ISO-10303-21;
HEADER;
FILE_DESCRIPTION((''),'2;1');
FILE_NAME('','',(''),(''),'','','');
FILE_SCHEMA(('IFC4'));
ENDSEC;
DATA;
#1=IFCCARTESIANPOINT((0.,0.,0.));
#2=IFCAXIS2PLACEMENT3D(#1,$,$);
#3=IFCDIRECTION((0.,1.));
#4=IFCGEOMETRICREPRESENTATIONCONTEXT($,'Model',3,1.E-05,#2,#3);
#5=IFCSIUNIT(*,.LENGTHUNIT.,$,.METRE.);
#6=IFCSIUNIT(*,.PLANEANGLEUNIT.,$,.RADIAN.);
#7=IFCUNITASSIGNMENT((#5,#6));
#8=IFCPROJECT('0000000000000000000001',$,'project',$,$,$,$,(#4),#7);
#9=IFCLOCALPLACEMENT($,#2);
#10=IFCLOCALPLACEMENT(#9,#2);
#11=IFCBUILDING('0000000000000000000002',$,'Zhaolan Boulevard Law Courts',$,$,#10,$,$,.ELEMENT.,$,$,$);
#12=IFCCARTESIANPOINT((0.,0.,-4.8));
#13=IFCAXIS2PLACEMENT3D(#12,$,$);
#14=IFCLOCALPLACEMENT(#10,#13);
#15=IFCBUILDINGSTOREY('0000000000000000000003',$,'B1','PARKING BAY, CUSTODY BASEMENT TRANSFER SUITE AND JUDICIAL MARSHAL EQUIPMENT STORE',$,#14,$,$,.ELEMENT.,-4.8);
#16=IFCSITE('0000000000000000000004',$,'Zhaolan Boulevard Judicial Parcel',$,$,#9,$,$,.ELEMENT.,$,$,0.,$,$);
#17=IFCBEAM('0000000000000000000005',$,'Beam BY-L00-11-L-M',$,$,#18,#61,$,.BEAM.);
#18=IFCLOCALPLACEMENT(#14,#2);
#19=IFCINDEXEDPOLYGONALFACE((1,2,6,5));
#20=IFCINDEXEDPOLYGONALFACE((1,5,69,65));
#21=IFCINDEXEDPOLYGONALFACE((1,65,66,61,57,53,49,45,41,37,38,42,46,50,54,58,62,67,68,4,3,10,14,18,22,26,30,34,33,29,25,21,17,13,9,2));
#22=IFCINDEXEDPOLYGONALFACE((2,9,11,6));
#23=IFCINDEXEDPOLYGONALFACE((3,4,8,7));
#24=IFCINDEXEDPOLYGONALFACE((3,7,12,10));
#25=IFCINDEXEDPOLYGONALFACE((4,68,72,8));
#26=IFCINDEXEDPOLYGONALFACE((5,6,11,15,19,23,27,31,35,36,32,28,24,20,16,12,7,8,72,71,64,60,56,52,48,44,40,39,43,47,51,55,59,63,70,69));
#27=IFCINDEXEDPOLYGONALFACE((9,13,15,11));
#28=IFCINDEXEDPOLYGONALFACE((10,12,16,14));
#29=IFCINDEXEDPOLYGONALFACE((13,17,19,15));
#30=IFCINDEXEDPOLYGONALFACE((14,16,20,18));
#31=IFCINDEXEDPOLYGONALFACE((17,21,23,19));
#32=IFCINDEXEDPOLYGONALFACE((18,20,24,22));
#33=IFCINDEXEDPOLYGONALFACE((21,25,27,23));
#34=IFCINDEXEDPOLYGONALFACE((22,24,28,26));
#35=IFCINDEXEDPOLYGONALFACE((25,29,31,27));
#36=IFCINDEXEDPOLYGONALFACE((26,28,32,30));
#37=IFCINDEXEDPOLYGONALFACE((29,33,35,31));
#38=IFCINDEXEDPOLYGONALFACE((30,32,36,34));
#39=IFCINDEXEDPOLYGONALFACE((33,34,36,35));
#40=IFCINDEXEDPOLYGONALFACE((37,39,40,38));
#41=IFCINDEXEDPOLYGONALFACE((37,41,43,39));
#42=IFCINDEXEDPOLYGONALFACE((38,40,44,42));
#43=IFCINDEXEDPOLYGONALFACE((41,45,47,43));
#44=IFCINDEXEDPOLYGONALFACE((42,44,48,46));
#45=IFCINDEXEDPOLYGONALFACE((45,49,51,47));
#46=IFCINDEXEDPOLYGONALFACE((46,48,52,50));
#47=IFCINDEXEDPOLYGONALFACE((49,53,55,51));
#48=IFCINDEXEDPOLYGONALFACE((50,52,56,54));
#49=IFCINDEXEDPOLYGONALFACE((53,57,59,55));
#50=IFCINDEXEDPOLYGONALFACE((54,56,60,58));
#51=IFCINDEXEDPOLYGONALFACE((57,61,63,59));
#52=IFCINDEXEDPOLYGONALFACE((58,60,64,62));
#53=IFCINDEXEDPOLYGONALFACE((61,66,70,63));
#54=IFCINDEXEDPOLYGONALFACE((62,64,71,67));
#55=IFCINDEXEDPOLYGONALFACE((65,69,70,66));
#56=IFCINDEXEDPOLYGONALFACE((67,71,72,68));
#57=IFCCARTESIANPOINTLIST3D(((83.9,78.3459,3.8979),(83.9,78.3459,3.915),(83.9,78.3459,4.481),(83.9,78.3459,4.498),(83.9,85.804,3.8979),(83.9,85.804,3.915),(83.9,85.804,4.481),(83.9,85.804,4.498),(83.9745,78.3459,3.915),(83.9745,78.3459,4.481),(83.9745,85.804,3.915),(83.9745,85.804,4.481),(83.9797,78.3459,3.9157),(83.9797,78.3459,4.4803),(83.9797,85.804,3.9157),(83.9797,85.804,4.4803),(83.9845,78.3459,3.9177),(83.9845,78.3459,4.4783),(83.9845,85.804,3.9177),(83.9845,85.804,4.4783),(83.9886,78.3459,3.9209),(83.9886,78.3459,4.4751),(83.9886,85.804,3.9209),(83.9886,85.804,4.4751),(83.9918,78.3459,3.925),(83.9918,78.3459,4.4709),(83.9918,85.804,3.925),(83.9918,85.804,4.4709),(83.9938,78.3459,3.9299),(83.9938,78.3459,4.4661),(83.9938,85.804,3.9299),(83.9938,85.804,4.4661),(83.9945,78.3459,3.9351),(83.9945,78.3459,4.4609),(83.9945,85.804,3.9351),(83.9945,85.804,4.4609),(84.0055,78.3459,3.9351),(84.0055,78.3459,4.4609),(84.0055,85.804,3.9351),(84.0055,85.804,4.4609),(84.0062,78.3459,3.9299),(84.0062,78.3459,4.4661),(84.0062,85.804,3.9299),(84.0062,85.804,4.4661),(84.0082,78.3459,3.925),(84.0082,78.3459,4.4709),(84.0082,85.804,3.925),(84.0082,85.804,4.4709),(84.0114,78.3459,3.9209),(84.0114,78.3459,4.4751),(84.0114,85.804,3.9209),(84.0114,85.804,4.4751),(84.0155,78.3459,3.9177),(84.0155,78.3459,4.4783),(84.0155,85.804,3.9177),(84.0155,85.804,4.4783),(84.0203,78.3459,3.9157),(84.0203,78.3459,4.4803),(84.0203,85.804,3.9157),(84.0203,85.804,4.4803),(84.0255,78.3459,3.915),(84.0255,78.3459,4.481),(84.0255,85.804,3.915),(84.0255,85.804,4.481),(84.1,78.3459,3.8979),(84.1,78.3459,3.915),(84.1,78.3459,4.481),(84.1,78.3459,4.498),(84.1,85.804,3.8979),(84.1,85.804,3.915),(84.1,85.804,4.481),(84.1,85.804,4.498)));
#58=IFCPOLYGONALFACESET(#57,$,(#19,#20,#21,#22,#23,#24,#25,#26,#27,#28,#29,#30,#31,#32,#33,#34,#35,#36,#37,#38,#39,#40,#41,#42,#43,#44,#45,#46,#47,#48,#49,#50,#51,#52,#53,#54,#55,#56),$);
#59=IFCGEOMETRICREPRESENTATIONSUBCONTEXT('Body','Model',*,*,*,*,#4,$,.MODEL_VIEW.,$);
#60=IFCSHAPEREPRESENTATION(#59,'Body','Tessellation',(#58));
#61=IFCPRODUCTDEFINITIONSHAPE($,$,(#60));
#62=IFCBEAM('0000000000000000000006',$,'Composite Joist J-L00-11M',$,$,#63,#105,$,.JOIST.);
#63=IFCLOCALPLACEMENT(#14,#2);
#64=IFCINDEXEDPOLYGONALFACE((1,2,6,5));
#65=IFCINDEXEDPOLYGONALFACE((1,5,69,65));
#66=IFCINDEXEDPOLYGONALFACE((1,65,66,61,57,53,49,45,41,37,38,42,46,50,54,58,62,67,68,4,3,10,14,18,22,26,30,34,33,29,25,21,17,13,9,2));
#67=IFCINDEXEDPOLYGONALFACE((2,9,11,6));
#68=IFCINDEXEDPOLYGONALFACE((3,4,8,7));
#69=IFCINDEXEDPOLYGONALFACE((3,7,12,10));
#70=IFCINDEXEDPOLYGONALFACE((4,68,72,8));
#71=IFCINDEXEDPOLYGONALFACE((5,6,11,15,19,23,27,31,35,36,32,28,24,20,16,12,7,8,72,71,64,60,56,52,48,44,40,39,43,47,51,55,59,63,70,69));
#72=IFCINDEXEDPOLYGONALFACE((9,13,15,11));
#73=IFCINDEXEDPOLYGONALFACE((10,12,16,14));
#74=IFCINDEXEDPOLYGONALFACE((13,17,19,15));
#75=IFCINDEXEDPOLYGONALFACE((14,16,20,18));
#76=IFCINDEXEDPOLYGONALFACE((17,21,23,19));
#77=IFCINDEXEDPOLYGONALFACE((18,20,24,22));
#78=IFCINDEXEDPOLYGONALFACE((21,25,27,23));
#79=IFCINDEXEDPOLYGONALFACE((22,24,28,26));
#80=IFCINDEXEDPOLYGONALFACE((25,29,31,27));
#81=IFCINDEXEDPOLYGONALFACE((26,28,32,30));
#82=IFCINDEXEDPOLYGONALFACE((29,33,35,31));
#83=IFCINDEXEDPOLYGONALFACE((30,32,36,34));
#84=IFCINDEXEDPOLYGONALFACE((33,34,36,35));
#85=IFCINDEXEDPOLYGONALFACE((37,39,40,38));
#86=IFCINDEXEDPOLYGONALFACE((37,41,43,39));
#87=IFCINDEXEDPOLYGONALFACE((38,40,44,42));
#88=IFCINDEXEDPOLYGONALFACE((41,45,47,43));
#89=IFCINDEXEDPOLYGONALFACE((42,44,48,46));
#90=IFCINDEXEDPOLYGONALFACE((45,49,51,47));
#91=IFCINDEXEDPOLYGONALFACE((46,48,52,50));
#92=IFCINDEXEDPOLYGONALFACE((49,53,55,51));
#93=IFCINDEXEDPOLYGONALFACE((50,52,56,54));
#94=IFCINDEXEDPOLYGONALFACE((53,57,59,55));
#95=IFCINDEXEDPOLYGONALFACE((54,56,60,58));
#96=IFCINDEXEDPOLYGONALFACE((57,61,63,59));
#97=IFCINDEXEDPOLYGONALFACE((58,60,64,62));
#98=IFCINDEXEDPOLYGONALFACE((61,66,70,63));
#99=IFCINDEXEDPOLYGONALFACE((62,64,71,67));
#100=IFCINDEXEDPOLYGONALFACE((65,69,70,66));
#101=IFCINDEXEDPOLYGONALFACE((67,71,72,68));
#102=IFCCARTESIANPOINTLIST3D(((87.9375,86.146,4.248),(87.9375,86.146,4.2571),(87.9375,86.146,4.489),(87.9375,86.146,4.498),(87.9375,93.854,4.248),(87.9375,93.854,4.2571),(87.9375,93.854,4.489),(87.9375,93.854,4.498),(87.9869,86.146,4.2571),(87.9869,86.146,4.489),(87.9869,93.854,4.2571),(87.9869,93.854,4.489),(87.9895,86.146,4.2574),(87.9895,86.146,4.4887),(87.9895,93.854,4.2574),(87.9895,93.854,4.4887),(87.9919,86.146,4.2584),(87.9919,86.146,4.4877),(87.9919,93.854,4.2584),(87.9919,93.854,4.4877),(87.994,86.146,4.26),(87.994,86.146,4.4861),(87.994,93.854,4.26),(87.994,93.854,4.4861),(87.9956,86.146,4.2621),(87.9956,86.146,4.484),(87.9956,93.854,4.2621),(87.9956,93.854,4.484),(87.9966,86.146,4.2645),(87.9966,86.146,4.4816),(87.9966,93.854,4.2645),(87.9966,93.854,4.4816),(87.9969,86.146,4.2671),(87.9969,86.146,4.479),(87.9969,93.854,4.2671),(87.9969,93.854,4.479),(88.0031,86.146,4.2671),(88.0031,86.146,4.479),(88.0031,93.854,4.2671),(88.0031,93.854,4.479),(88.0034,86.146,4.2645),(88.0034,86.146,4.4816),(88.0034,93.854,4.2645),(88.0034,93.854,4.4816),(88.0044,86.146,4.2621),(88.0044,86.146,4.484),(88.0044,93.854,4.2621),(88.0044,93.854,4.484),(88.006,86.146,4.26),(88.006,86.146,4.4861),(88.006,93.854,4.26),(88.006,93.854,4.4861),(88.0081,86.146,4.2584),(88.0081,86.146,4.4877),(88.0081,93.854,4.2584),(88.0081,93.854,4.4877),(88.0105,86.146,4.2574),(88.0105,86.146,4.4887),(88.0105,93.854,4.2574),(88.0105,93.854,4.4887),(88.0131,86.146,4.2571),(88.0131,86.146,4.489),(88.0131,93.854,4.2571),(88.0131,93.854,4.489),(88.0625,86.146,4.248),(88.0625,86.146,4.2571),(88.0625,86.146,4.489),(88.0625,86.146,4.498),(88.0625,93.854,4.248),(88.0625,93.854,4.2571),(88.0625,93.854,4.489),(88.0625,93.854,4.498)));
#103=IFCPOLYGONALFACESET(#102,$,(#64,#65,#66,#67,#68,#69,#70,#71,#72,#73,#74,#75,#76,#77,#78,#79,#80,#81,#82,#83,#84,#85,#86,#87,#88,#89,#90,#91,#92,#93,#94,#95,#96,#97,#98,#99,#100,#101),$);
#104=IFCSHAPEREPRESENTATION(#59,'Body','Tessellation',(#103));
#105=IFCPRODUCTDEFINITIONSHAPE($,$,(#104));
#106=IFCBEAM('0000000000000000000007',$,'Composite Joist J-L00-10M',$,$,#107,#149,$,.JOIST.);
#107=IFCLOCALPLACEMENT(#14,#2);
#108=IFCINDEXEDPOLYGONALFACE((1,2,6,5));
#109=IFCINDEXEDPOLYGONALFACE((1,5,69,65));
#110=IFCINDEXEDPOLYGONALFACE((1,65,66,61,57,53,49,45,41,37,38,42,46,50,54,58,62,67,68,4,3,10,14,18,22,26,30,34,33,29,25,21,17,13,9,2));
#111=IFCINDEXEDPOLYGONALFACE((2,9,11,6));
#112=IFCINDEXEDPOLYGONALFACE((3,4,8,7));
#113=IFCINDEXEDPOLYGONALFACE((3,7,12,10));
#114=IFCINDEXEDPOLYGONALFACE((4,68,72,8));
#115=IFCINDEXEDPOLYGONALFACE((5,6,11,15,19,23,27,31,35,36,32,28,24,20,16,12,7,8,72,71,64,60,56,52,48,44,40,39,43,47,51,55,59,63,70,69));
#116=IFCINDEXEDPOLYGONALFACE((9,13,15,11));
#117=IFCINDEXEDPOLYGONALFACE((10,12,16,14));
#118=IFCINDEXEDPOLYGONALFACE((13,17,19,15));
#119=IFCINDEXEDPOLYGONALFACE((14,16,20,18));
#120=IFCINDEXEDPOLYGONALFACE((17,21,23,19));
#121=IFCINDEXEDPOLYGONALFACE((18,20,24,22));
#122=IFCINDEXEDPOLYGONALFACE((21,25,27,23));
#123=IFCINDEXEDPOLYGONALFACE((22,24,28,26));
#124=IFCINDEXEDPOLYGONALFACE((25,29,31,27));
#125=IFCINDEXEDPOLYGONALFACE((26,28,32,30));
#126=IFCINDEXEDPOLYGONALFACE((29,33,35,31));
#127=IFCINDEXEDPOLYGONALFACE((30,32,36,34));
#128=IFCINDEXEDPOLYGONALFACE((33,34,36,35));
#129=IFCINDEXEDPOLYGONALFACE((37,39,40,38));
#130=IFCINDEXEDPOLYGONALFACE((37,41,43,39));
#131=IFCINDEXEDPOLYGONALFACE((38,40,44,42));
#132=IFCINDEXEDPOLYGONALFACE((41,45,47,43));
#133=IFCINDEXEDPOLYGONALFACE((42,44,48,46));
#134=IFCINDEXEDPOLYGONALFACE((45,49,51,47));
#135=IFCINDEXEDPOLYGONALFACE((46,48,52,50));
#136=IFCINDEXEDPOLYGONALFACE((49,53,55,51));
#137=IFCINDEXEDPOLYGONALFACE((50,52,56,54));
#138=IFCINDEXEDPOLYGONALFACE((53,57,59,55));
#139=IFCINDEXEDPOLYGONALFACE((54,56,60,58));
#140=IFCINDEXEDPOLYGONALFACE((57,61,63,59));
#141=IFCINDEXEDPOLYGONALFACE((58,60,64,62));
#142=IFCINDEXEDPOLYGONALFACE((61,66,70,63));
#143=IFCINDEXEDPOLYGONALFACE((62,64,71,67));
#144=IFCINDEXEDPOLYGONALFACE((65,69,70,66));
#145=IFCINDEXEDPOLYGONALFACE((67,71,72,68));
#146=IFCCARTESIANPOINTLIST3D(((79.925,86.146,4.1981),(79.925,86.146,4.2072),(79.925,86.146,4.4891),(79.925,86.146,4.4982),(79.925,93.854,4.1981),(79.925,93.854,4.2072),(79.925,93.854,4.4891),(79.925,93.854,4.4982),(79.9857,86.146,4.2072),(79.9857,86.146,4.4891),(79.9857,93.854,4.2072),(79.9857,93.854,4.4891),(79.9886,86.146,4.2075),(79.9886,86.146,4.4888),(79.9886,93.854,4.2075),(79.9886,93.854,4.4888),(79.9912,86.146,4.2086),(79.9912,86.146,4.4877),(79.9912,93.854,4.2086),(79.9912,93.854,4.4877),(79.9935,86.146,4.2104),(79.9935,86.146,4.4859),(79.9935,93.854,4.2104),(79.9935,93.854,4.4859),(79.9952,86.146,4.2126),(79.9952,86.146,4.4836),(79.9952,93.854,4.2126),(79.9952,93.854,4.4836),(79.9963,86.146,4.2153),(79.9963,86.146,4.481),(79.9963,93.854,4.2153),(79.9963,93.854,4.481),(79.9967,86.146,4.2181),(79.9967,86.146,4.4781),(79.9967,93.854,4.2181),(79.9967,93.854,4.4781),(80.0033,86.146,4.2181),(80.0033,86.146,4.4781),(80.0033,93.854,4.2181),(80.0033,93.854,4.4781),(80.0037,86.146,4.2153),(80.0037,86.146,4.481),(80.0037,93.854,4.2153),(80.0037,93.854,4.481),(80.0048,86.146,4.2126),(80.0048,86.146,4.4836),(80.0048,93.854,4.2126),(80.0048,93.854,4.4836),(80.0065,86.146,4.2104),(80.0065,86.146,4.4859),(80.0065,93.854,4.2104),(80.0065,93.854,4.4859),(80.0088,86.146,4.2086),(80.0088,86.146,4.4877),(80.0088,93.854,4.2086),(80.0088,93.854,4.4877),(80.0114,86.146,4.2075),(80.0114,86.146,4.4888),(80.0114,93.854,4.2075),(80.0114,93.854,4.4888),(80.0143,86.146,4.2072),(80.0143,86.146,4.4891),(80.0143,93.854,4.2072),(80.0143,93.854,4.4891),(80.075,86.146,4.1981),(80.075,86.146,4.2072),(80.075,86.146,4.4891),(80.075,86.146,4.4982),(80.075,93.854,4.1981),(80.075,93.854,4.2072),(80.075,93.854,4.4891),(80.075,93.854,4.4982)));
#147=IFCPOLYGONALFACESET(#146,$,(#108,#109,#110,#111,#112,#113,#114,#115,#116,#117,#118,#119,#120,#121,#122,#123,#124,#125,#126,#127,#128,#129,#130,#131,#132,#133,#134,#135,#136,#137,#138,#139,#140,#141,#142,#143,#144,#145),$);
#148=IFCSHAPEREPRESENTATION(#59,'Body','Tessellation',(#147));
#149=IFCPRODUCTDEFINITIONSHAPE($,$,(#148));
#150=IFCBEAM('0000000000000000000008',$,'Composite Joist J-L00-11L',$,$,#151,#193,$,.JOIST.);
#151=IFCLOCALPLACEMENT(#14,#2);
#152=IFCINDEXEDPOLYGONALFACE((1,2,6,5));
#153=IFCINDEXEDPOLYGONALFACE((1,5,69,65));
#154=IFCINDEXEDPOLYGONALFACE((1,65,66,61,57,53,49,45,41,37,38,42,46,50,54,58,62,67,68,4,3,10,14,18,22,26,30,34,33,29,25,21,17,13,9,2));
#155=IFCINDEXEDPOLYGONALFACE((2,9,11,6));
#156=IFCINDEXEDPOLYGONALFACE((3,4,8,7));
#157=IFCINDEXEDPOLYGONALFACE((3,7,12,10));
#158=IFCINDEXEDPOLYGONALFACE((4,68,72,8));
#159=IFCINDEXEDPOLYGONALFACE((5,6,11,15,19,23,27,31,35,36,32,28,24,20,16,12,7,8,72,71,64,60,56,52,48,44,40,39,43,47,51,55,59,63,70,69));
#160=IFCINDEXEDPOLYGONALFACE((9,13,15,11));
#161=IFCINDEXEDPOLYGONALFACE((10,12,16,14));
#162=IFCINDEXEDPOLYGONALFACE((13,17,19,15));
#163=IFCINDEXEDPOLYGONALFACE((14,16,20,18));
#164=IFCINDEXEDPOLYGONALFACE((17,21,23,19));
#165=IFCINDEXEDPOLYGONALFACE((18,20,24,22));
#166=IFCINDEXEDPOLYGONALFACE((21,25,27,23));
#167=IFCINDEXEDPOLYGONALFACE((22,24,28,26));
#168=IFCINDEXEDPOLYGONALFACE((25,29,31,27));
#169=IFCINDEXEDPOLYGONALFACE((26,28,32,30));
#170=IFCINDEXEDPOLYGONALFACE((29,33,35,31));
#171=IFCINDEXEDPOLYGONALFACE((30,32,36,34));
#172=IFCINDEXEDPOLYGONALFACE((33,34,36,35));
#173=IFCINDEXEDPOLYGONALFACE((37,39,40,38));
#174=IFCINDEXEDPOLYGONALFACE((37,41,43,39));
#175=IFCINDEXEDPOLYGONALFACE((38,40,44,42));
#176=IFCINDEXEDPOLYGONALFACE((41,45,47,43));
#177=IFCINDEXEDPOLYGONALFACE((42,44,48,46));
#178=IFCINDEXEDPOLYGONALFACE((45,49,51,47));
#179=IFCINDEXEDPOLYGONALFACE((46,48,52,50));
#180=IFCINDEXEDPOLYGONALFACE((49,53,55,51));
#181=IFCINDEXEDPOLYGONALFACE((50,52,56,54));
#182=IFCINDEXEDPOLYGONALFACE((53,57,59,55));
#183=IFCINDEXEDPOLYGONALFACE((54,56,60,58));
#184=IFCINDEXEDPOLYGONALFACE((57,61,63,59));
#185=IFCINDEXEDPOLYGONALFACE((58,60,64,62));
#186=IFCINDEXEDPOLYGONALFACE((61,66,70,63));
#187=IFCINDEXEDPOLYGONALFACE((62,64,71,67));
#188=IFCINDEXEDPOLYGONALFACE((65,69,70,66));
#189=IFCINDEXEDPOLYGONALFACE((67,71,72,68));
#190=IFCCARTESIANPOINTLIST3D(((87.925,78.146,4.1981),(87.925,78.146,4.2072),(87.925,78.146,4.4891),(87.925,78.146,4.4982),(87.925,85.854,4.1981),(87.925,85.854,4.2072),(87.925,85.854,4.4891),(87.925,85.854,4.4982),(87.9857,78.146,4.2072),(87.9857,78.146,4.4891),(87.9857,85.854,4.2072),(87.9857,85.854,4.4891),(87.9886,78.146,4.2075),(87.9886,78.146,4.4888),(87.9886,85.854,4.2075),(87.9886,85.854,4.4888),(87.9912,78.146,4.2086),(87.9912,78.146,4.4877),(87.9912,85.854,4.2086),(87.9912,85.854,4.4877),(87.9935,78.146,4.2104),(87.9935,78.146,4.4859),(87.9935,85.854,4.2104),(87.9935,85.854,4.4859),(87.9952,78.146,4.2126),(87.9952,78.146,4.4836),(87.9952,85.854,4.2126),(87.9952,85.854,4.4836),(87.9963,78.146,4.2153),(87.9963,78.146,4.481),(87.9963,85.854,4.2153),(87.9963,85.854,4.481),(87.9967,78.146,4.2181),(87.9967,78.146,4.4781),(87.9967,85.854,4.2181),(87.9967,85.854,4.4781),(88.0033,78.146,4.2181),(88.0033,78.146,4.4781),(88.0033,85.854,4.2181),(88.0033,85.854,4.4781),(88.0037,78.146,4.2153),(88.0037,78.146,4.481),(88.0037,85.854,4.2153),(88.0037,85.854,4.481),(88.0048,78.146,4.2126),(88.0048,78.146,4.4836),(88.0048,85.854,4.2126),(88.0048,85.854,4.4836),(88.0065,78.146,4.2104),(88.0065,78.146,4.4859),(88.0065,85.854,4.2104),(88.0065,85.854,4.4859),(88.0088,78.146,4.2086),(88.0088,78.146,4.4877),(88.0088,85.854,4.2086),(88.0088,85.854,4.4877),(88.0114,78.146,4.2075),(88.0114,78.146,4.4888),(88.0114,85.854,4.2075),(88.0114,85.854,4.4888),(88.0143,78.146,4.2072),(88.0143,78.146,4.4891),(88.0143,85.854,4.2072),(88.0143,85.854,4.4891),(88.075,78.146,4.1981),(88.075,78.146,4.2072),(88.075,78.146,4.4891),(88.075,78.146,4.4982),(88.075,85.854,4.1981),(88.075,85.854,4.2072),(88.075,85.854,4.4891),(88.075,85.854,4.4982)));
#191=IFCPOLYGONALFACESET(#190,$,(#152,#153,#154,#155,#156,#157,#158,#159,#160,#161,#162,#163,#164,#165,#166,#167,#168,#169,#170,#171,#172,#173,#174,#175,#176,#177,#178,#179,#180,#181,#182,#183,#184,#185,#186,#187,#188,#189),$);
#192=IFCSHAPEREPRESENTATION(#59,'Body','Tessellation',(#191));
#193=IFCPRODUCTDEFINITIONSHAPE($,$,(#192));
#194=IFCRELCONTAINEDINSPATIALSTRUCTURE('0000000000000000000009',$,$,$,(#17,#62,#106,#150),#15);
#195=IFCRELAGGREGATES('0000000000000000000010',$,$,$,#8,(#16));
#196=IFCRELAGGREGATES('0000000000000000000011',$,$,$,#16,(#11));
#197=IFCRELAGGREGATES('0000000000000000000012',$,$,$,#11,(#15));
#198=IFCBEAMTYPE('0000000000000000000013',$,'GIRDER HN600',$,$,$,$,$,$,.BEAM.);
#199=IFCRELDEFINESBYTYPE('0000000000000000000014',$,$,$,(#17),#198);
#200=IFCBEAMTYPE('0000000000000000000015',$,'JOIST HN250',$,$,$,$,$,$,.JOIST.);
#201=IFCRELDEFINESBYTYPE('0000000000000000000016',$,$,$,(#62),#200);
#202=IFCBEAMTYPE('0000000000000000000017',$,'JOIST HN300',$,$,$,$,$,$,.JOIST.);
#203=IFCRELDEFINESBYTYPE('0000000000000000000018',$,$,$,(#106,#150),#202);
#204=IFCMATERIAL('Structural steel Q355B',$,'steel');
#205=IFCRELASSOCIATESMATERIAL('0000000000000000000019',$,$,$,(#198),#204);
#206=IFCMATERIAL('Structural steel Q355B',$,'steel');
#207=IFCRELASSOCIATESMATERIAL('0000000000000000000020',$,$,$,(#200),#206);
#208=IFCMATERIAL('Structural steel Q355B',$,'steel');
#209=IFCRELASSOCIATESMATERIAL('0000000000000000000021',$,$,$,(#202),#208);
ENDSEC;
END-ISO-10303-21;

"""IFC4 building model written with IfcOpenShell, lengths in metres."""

from ifc_helpers import new_model, si_unit, direction, frame, origin, origin_2d, place, context, subcontext, project, spatial, i_section, extrude, material, material_profile, profile_set, type_object, element, save


model = new_model("IFC4")

# Units and contexts
model_context = context("Model", 3, precision=1e-05, world=origin(), true_north=direction((0.0, 1.0)))
body_context = subcontext(model_context, "Body", "Model", "MODEL_VIEW")
ifc_project = project(units=[si_unit("LENGTHUNIT", "METRE"), si_unit("PLANEANGLEUNIT", "RADIAN")], contexts=[model_context])

# Site, building, storey
site_placement = place(None, origin())
site = spatial("IfcSite", under=ifc_project, at=site_placement, Name="Zhaolan Boulevard Judicial Parcel", CompositionType="ELEMENT", RefElevation=0.0)
building_placement = place(site_placement, origin())
building = spatial("IfcBuilding", under=site, at=building_placement, Name="Zhaolan Boulevard Law Courts", CompositionType="ELEMENT")
storey_placement = place(building_placement, frame((0.0, 0.0, -4.8)))
storey = spatial("IfcBuildingStorey", under=building, at=storey_placement, Name="B1", Description="PARKING BAY, CUSTODY BASEMENT TRANSFER SUITE AND JUDICIAL MARSHAL EQUIPMENT STORE", CompositionType="ELEMENT", Elevation=-4.8)

# Beams
ifc_material_1 = material(Name="Structural steel Q355B", Category="steel")
ifc_material_profile_1 = material_profile(ifc_material_1, i_section(OverallWidth=0.2, OverallDepth=0.6001, WebThickness=0.011, FlangeThickness=0.0171, FilletRadius=0.02, at=origin_2d()), Name="HN600x200")
ifc_profile_set_1 = profile_set([ifc_material_profile_1], Name="Structural steel Q355B")
beam_type_1 = type_object("IfcBeamType", Name="GIRDER HN600", PredefinedType="BEAM", material=ifc_profile_set_1)
beam_1_placement = place(storey_placement, frame((84.0, 78.3459, 4.198), z_axis=(0.0, 1.0, 0.0), x_axis=(-1.0, 0.0, 0.0)))
element("IfcBeam", 1, at=beam_1_placement, inside=storey, type_object=beam_type_1, Name="Beam BY-L00-11-L-M", PredefinedType="BEAM", context=body_context, shape_type="SweptSolid", body=[
    extrude(i_section(OverallWidth=0.2, OverallDepth=0.6001, WebThickness=0.011, FlangeThickness=0.0171, FilletRadius=0.02, at=origin_2d()), origin(), (0.0, 0.0, 1.0), 7.458),
])
ifc_material_2 = material(Name="Structural steel Q355B", Category="steel")
ifc_material_profile_2 = material_profile(ifc_material_2, i_section(OverallWidth=0.125, OverallDepth=0.25, WebThickness=0.0061, FlangeThickness=0.009, FilletRadius=0.01, at=origin_2d()), Name="HN250x125")
ifc_profile_set_2 = profile_set([ifc_material_profile_2], Name="Structural steel Q355B")
beam_type_2 = type_object("IfcBeamType", Name="JOIST HN250", PredefinedType="JOIST", material=ifc_profile_set_2)
beam_2_placement = place(storey_placement, frame((88.0, 86.146, 4.373), z_axis=(0.0, 1.0, 0.0), x_axis=(-1.0, 0.0, 0.0)))
element("IfcBeam", 2, at=beam_2_placement, inside=storey, type_object=beam_type_2, Name="Composite Joist J-L00-11M", PredefinedType="JOIST", context=body_context, shape_type="SweptSolid", body=[
    extrude(i_section(OverallWidth=0.125, OverallDepth=0.25, WebThickness=0.0061, FlangeThickness=0.009, FilletRadius=0.01, at=origin_2d()), origin(), (0.0, 0.0, 1.0), 7.708),
])
ifc_material_3 = material(Name="Structural steel Q355B", Category="steel")
ifc_material_profile_3 = material_profile(ifc_material_3, i_section(OverallWidth=0.1499, OverallDepth=0.3, WebThickness=0.0066, FlangeThickness=0.009, FilletRadius=0.011, at=origin_2d()), Name="HN300x150")
ifc_profile_set_3 = profile_set([ifc_material_profile_3], Name="Structural steel Q355B")
beam_type_3 = type_object("IfcBeamType", Name="JOIST HN300", PredefinedType="JOIST", material=ifc_profile_set_3)
for number, where, z_axis, x_axis, name in (
    (3, (80.0, 86.146, 4.3481), (0.0, 1.0, 0.0), (-1.0, 0.0, 0.0), "Composite Joist J-L00-10M"),
    (4, (88.0, 78.146, 4.3481), (0.0, 1.0, 0.0), (-1.0, 0.0, 0.0), "Composite Joist J-L00-11L"),
):
    element("IfcBeam", number, at=place(storey_placement, frame(where, z_axis=z_axis, x_axis=x_axis)), inside=storey, type_object=beam_type_3, Name=name, PredefinedType="JOIST", context=body_context, shape_type="SweptSolid", body=[
        extrude(i_section(OverallWidth=0.1499, OverallDepth=0.3, WebThickness=0.0066, FlangeThickness=0.009, FilletRadius=0.011, at=origin_2d()), origin(), (0.0, 0.0, 1.0), 7.708),
    ])

save(model, "model.ifc")
